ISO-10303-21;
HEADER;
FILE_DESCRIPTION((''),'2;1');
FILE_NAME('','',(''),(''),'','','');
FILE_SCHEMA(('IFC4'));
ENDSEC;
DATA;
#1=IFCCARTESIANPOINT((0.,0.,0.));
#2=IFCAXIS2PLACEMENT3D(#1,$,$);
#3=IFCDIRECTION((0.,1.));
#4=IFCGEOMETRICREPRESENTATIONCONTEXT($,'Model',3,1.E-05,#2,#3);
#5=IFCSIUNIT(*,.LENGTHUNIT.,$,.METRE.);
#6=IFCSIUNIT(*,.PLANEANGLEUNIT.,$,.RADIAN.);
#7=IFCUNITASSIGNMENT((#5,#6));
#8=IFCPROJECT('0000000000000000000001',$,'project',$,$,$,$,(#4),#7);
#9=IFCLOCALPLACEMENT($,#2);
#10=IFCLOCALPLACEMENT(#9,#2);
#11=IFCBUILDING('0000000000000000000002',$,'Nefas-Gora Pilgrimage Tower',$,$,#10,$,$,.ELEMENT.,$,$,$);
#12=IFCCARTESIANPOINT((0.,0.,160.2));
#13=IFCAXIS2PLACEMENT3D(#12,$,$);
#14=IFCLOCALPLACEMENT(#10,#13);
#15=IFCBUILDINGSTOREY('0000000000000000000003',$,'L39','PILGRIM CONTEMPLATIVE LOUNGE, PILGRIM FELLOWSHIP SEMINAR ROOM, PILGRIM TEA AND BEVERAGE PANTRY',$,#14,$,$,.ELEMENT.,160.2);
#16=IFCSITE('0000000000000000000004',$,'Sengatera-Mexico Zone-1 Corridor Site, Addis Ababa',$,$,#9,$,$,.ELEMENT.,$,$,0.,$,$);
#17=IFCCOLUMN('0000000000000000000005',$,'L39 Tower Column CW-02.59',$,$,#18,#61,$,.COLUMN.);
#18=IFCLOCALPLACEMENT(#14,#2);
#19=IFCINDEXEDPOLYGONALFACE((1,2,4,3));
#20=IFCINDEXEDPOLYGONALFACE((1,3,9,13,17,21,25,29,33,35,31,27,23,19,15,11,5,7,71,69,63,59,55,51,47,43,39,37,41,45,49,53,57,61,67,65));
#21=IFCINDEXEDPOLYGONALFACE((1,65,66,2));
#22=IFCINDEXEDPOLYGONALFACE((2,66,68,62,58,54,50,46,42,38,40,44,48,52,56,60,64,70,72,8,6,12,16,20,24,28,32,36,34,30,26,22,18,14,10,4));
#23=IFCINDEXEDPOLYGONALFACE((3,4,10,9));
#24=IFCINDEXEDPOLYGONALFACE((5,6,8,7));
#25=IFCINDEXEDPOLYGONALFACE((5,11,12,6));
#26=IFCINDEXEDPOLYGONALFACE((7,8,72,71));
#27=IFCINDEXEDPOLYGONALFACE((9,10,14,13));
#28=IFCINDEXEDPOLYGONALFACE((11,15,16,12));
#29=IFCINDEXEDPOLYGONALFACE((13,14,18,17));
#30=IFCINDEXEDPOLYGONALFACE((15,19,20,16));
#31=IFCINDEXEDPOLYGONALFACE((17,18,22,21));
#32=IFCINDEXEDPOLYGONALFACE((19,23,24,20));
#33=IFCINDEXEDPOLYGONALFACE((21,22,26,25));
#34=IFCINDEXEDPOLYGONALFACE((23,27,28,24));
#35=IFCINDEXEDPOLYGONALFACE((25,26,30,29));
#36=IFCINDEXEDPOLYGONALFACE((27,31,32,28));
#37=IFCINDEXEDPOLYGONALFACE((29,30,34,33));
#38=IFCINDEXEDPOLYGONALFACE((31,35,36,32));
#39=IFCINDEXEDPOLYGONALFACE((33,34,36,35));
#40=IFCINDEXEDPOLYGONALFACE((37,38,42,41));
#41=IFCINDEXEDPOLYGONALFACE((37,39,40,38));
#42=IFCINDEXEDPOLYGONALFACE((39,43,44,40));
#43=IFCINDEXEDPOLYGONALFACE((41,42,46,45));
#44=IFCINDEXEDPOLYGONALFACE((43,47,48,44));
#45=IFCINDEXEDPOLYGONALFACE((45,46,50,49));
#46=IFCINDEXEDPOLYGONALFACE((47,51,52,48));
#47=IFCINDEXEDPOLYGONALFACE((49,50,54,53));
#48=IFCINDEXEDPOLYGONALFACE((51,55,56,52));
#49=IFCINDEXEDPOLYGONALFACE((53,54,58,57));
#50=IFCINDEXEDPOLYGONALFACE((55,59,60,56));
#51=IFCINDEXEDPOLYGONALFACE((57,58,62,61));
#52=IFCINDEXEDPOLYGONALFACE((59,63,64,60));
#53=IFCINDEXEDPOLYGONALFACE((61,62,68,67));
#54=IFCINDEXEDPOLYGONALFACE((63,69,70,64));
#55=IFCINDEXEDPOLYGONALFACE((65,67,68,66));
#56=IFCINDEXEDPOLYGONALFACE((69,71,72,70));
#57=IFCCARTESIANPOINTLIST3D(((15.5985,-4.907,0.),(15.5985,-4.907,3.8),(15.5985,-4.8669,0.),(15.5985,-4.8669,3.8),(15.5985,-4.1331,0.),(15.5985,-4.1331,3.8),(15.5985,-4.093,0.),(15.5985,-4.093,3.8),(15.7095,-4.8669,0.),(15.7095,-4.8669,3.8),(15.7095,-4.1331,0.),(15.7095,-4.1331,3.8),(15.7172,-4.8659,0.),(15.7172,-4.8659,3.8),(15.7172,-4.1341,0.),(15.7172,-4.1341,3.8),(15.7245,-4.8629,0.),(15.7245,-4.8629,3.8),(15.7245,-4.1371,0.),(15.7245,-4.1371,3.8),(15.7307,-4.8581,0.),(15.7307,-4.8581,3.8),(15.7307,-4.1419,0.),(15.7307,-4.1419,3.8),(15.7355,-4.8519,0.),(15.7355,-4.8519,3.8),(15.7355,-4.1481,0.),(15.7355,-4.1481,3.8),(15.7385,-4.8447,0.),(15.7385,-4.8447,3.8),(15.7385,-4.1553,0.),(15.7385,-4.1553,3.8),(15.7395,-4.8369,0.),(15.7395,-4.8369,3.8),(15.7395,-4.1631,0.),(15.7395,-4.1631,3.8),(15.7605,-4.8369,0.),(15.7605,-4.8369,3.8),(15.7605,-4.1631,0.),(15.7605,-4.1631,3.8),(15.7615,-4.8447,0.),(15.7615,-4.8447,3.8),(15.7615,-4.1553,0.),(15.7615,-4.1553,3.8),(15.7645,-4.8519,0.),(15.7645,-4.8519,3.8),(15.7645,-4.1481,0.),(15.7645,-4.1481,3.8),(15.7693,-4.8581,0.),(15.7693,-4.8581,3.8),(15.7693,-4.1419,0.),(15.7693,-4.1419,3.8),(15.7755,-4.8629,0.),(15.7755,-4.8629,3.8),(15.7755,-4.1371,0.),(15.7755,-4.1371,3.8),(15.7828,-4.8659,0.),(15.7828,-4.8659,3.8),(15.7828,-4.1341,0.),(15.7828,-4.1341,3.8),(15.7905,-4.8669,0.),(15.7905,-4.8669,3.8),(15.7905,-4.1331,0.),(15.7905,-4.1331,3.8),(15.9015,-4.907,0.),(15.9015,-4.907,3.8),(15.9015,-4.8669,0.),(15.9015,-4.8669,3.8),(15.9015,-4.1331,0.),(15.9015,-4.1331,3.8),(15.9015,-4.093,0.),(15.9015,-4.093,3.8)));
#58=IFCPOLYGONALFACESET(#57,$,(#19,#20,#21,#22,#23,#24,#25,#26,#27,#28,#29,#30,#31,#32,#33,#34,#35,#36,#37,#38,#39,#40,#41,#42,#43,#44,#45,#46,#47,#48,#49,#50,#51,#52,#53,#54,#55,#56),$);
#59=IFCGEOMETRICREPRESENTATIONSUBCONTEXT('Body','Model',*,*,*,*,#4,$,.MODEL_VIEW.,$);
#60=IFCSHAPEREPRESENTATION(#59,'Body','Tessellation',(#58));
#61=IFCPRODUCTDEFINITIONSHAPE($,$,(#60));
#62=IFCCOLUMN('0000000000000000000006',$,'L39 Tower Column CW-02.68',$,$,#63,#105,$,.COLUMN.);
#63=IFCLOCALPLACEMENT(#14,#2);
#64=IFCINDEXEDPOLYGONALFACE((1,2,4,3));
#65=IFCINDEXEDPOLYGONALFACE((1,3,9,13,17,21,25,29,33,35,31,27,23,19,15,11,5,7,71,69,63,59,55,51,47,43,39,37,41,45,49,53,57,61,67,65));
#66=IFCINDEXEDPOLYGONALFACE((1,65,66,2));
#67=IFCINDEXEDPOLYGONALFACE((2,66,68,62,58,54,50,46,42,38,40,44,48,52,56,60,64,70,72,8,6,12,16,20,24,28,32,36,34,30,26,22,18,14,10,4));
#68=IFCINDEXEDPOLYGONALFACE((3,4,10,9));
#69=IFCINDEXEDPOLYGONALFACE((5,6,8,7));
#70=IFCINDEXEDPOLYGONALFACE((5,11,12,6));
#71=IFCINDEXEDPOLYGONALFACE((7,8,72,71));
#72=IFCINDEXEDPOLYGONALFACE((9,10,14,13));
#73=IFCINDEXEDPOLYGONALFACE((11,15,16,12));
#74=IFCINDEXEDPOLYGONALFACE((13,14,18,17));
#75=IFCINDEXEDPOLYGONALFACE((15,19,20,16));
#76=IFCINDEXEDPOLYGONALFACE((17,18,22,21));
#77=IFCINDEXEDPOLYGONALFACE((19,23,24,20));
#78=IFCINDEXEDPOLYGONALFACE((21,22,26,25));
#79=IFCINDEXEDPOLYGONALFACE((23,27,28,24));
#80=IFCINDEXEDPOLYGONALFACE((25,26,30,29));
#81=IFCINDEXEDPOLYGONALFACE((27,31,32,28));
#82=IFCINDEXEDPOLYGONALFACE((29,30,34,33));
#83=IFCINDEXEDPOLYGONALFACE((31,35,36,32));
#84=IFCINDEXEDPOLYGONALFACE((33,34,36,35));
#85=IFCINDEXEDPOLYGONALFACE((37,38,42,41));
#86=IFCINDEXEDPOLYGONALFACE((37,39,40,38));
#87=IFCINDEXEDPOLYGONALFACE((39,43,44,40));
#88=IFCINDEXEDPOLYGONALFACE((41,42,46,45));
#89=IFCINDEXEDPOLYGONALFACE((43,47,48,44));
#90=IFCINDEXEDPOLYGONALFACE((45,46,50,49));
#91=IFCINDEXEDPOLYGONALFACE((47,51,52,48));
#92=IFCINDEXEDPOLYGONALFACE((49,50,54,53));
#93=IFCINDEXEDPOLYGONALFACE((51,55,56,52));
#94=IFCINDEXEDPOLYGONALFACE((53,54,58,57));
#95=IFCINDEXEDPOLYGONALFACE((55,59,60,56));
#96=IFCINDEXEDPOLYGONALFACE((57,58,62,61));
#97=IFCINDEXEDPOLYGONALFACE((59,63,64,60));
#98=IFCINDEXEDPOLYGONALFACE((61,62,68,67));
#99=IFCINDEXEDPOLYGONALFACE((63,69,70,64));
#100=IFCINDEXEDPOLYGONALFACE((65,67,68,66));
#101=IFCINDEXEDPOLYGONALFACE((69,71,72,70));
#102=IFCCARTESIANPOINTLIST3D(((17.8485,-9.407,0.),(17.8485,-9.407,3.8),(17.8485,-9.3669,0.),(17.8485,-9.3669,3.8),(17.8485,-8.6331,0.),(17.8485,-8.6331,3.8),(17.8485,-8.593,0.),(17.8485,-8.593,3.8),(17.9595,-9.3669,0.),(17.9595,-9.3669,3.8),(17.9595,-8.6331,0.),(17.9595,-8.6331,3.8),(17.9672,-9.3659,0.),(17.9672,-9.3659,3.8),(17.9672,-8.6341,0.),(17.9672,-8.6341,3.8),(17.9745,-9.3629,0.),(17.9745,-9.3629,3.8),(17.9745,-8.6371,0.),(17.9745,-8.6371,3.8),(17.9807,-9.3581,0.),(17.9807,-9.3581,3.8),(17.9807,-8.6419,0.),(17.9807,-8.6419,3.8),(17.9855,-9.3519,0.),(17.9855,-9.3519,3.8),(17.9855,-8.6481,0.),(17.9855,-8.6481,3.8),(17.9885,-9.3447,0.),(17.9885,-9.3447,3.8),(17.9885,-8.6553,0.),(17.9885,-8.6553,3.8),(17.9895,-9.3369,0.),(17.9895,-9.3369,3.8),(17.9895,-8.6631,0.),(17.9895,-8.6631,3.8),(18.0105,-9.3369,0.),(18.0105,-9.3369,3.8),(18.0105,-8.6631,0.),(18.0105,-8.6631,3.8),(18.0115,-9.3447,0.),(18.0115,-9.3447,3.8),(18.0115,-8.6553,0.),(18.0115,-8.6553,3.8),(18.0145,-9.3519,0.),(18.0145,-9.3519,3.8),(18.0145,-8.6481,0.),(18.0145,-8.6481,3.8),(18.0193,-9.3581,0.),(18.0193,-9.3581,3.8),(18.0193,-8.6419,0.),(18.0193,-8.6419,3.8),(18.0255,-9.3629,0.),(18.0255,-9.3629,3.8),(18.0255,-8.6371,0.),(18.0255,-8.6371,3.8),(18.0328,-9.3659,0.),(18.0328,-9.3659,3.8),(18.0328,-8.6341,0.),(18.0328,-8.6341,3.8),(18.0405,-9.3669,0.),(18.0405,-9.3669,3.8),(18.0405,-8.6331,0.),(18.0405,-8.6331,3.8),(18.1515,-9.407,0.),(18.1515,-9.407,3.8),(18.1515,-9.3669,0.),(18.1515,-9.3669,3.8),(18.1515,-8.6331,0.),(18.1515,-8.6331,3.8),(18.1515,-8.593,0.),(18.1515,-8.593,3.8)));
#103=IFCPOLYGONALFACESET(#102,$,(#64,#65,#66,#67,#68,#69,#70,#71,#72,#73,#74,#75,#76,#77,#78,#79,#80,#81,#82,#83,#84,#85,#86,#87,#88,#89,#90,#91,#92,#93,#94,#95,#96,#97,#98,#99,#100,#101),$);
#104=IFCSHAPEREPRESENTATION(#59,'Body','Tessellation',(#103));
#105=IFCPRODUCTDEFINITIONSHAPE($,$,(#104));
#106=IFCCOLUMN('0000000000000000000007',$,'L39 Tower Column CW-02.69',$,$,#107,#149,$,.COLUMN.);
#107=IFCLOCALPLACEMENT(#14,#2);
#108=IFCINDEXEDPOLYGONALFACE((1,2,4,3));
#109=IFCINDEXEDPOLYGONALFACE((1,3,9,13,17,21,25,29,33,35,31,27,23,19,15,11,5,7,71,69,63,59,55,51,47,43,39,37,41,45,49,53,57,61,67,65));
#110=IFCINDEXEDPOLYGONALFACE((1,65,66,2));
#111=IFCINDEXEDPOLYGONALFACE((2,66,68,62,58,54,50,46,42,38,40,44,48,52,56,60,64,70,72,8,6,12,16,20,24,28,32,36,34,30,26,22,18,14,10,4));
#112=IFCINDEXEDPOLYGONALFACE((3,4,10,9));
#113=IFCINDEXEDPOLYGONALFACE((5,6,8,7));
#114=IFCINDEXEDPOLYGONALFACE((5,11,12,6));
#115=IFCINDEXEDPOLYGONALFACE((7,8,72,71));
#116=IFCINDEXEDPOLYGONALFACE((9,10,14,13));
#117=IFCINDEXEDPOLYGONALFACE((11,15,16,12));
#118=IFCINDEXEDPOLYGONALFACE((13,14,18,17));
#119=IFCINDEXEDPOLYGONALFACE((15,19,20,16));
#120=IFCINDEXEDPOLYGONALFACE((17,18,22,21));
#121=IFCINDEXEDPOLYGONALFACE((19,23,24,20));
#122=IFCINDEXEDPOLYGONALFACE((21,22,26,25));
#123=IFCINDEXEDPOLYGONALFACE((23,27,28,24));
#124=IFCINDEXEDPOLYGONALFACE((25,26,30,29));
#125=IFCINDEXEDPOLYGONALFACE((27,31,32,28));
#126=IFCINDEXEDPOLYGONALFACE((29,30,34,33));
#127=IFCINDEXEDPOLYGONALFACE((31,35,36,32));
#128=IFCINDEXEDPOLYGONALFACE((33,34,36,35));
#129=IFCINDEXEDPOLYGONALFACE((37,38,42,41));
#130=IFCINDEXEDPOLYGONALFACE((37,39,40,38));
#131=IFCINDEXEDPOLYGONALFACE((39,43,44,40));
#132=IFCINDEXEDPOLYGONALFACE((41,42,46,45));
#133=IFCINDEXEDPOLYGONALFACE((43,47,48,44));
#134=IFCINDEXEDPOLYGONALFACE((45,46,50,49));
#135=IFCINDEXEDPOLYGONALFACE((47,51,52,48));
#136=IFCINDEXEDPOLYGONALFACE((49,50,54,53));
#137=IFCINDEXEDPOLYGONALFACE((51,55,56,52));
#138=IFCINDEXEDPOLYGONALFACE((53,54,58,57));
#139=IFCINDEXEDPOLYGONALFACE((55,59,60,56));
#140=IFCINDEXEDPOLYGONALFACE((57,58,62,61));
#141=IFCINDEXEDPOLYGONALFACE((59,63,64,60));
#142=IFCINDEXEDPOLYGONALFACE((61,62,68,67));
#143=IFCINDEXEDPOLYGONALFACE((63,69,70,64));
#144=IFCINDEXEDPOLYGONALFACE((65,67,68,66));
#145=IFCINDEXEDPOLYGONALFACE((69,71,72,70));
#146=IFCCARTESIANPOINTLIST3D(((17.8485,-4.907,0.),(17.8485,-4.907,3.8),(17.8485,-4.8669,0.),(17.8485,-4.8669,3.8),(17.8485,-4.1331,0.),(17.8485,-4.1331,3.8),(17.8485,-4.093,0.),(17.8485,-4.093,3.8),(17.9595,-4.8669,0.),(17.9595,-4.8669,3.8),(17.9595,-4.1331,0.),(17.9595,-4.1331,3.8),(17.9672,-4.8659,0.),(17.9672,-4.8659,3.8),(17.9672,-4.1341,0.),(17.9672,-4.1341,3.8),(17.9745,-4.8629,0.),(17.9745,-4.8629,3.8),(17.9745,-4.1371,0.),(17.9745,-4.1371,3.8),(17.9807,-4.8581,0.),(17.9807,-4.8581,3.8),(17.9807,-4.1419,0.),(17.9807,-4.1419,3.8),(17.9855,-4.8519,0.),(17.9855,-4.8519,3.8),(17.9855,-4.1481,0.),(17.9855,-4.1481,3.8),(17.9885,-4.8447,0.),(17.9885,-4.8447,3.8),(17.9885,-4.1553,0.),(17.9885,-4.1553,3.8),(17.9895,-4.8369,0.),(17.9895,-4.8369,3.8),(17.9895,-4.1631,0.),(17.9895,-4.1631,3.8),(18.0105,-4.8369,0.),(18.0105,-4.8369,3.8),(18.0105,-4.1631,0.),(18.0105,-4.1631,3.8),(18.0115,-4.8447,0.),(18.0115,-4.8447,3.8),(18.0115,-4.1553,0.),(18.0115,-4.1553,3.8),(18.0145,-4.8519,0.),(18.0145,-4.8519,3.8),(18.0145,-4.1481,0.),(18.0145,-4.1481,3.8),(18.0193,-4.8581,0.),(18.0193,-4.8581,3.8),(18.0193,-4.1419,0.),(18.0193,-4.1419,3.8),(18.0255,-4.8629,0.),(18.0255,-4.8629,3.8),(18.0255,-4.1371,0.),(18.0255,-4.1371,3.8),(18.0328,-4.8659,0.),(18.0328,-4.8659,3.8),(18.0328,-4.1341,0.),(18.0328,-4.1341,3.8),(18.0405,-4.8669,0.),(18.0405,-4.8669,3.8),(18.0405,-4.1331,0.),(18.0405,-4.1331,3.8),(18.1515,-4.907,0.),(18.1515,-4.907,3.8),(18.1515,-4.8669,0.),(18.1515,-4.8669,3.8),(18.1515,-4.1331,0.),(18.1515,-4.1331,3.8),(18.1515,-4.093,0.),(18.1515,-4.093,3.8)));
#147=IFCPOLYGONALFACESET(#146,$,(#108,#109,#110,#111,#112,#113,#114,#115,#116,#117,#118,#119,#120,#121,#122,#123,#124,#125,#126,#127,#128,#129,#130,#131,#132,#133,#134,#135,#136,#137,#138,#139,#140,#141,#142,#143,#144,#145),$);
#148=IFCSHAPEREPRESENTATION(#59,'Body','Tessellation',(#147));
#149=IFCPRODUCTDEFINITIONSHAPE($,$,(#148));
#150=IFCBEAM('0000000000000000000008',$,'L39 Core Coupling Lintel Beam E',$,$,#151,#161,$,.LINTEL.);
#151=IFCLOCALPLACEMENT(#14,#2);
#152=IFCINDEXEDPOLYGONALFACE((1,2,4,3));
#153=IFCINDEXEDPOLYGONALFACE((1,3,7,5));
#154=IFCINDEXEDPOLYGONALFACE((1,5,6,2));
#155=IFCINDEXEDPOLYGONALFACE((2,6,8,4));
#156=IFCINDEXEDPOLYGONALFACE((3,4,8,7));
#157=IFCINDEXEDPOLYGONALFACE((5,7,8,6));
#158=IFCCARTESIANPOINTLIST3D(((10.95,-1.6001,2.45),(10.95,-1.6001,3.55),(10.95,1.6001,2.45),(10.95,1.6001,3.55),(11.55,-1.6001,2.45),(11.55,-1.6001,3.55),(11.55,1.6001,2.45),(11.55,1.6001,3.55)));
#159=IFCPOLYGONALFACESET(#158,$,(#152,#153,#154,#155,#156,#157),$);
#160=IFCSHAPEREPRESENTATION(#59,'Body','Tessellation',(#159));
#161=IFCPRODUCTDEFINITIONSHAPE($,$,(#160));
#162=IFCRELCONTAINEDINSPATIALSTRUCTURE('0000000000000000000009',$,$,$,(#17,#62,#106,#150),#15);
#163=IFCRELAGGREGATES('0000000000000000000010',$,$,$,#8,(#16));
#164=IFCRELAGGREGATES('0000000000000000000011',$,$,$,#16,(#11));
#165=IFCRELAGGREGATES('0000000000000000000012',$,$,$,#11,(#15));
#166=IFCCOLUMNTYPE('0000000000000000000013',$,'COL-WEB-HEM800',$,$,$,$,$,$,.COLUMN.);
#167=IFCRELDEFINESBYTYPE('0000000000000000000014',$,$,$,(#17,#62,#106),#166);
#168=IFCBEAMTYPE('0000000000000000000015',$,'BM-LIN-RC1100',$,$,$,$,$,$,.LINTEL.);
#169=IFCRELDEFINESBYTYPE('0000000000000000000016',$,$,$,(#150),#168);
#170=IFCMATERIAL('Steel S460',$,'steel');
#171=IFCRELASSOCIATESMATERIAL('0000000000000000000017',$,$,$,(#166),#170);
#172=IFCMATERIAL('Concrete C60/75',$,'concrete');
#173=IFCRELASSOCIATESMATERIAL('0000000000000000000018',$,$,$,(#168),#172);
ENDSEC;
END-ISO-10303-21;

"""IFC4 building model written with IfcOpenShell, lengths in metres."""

from ifc_helpers import new_model, si_unit, direction, frame, origin, origin_2d, place, context, subcontext, project, spatial, rectangle, i_section, extrude, source, transform, mapped, material, material_profile, profile_set, type_object, element, save


model = new_model("IFC4")

# Units and contexts
model_context = context("Model", 3, precision=1e-05, world=origin(), true_north=direction((0.0, 1.0)))
body_context = subcontext(model_context, "Body", "Model", "MODEL_VIEW")
ifc_project = project(units=[si_unit("LENGTHUNIT", "METRE"), si_unit("PLANEANGLEUNIT", "RADIAN")], contexts=[model_context])

# Site, building, storey
site_placement = place(None, origin())
site = spatial("IfcSite", under=ifc_project, at=site_placement, Name="Sengatera-Mexico Zone-1 Corridor Site, Addis Ababa", CompositionType="ELEMENT", RefElevation=0.0)
building_placement = place(site_placement, origin())
building = spatial("IfcBuilding", under=site, at=building_placement, Name="Nefas-Gora Pilgrimage Tower", CompositionType="ELEMENT")
storey_placement = place(building_placement, frame((0.0, 0.0, 160.2)))
storey = spatial("IfcBuildingStorey", under=building, at=storey_placement, Name="L39", Description="PILGRIM CONTEMPLATIVE LOUNGE, PILGRIM FELLOWSHIP SEMINAR ROOM, PILGRIM TEA AND BEVERAGE PANTRY", CompositionType="ELEMENT", Elevation=160.2)

# Columns
ifc_material_1 = material(Name="Steel S460", Category="steel")
ifc_material_profile_1 = material_profile(ifc_material_1, i_section(OverallWidth=0.303, OverallDepth=0.814, WebThickness=0.021, FlangeThickness=0.04, FilletRadius=0.03, at=origin_2d()), Name="HEM 800")
ifc_profile_set_1 = profile_set([ifc_material_profile_1], Name="Steel S460")
column_type_1 = type_object("IfcColumnType", Name="COL-WEB-HEM800", PredefinedType="COLUMN", material=ifc_profile_set_1)
shared_shape_1 = source(origin(), body_context, "Body", "SweptSolid", [
    extrude(i_section(OverallWidth=0.303, OverallDepth=0.814, WebThickness=0.021, FlangeThickness=0.04, FilletRadius=0.03, at=origin_2d()), origin(), (0.0, 0.0, 1.0), 3.8),
])
for number, where, z_axis, x_axis, name in (
    (1, (15.75, -4.5, 0.0), (0.0, 0.0, 1.0), (1.0, 0.0, 0.0), "L39 Tower Column CW-02.59"),
    (2, (18.0, -9.0, 0.0), (0.0, 0.0, 1.0), (1.0, 0.0, 0.0), "L39 Tower Column CW-02.68"),
    (3, (18.0, -4.5, 0.0), (0.0, 0.0, 1.0), (1.0, 0.0, 0.0), "L39 Tower Column CW-02.69"),
):
    element("IfcColumn", number, at=place(storey_placement, frame(where, z_axis=z_axis, x_axis=x_axis)), inside=storey, type_object=column_type_1, Name=name, PredefinedType="COLUMN", context=body_context, shape_type="MappedRepresentation", body=[
        mapped(shared_shape_1, transform((0.0, 0.0, 0.0), x_axis=(1.0, 0.0, 0.0), y_axis=(0.0, 1.0, 0.0), z_axis=(0.0, 0.0, 1.0), scale=1.0)),
    ])

# Beam
ifc_material_2 = material(Name="Concrete C60/75", Category="concrete")
ifc_material_profile_2 = material_profile(ifc_material_2, rectangle(XDim=0.6001, YDim=1.1001, at=origin_2d()), Name="RC 600x1100")
ifc_profile_set_2 = profile_set([ifc_material_profile_2], Name="Concrete C60/75")
beam_type_1 = type_object("IfcBeamType", Name="BM-LIN-RC1100", PredefinedType="LINTEL", material=ifc_profile_set_2)
shared_shape_2 = source(origin(), body_context, "Body", "SweptSolid", [
    extrude(rectangle(XDim=0.6001, YDim=1.1001, at=origin_2d()), origin(), (0.0, 0.0, 1.0), 3.2002),
])
beam_placement = place(storey_placement, frame((11.25, -1.6001, 3.0), z_axis=(0.0, 1.0, 0.0), x_axis=(-1.0, 0.0, 0.0)))
element("IfcBeam", 4, at=beam_placement, inside=storey, type_object=beam_type_1, Name="L39 Core Coupling Lintel Beam E", PredefinedType="LINTEL", context=body_context, shape_type="MappedRepresentation", body=[
    mapped(shared_shape_2, transform((0.0, 0.0, 0.0), x_axis=(1.0, 0.0, 0.0), y_axis=(0.0, 1.0, 0.0), z_axis=(0.0, 0.0, 1.0), scale=1.0)),
])

save(model, "model.ifc")
